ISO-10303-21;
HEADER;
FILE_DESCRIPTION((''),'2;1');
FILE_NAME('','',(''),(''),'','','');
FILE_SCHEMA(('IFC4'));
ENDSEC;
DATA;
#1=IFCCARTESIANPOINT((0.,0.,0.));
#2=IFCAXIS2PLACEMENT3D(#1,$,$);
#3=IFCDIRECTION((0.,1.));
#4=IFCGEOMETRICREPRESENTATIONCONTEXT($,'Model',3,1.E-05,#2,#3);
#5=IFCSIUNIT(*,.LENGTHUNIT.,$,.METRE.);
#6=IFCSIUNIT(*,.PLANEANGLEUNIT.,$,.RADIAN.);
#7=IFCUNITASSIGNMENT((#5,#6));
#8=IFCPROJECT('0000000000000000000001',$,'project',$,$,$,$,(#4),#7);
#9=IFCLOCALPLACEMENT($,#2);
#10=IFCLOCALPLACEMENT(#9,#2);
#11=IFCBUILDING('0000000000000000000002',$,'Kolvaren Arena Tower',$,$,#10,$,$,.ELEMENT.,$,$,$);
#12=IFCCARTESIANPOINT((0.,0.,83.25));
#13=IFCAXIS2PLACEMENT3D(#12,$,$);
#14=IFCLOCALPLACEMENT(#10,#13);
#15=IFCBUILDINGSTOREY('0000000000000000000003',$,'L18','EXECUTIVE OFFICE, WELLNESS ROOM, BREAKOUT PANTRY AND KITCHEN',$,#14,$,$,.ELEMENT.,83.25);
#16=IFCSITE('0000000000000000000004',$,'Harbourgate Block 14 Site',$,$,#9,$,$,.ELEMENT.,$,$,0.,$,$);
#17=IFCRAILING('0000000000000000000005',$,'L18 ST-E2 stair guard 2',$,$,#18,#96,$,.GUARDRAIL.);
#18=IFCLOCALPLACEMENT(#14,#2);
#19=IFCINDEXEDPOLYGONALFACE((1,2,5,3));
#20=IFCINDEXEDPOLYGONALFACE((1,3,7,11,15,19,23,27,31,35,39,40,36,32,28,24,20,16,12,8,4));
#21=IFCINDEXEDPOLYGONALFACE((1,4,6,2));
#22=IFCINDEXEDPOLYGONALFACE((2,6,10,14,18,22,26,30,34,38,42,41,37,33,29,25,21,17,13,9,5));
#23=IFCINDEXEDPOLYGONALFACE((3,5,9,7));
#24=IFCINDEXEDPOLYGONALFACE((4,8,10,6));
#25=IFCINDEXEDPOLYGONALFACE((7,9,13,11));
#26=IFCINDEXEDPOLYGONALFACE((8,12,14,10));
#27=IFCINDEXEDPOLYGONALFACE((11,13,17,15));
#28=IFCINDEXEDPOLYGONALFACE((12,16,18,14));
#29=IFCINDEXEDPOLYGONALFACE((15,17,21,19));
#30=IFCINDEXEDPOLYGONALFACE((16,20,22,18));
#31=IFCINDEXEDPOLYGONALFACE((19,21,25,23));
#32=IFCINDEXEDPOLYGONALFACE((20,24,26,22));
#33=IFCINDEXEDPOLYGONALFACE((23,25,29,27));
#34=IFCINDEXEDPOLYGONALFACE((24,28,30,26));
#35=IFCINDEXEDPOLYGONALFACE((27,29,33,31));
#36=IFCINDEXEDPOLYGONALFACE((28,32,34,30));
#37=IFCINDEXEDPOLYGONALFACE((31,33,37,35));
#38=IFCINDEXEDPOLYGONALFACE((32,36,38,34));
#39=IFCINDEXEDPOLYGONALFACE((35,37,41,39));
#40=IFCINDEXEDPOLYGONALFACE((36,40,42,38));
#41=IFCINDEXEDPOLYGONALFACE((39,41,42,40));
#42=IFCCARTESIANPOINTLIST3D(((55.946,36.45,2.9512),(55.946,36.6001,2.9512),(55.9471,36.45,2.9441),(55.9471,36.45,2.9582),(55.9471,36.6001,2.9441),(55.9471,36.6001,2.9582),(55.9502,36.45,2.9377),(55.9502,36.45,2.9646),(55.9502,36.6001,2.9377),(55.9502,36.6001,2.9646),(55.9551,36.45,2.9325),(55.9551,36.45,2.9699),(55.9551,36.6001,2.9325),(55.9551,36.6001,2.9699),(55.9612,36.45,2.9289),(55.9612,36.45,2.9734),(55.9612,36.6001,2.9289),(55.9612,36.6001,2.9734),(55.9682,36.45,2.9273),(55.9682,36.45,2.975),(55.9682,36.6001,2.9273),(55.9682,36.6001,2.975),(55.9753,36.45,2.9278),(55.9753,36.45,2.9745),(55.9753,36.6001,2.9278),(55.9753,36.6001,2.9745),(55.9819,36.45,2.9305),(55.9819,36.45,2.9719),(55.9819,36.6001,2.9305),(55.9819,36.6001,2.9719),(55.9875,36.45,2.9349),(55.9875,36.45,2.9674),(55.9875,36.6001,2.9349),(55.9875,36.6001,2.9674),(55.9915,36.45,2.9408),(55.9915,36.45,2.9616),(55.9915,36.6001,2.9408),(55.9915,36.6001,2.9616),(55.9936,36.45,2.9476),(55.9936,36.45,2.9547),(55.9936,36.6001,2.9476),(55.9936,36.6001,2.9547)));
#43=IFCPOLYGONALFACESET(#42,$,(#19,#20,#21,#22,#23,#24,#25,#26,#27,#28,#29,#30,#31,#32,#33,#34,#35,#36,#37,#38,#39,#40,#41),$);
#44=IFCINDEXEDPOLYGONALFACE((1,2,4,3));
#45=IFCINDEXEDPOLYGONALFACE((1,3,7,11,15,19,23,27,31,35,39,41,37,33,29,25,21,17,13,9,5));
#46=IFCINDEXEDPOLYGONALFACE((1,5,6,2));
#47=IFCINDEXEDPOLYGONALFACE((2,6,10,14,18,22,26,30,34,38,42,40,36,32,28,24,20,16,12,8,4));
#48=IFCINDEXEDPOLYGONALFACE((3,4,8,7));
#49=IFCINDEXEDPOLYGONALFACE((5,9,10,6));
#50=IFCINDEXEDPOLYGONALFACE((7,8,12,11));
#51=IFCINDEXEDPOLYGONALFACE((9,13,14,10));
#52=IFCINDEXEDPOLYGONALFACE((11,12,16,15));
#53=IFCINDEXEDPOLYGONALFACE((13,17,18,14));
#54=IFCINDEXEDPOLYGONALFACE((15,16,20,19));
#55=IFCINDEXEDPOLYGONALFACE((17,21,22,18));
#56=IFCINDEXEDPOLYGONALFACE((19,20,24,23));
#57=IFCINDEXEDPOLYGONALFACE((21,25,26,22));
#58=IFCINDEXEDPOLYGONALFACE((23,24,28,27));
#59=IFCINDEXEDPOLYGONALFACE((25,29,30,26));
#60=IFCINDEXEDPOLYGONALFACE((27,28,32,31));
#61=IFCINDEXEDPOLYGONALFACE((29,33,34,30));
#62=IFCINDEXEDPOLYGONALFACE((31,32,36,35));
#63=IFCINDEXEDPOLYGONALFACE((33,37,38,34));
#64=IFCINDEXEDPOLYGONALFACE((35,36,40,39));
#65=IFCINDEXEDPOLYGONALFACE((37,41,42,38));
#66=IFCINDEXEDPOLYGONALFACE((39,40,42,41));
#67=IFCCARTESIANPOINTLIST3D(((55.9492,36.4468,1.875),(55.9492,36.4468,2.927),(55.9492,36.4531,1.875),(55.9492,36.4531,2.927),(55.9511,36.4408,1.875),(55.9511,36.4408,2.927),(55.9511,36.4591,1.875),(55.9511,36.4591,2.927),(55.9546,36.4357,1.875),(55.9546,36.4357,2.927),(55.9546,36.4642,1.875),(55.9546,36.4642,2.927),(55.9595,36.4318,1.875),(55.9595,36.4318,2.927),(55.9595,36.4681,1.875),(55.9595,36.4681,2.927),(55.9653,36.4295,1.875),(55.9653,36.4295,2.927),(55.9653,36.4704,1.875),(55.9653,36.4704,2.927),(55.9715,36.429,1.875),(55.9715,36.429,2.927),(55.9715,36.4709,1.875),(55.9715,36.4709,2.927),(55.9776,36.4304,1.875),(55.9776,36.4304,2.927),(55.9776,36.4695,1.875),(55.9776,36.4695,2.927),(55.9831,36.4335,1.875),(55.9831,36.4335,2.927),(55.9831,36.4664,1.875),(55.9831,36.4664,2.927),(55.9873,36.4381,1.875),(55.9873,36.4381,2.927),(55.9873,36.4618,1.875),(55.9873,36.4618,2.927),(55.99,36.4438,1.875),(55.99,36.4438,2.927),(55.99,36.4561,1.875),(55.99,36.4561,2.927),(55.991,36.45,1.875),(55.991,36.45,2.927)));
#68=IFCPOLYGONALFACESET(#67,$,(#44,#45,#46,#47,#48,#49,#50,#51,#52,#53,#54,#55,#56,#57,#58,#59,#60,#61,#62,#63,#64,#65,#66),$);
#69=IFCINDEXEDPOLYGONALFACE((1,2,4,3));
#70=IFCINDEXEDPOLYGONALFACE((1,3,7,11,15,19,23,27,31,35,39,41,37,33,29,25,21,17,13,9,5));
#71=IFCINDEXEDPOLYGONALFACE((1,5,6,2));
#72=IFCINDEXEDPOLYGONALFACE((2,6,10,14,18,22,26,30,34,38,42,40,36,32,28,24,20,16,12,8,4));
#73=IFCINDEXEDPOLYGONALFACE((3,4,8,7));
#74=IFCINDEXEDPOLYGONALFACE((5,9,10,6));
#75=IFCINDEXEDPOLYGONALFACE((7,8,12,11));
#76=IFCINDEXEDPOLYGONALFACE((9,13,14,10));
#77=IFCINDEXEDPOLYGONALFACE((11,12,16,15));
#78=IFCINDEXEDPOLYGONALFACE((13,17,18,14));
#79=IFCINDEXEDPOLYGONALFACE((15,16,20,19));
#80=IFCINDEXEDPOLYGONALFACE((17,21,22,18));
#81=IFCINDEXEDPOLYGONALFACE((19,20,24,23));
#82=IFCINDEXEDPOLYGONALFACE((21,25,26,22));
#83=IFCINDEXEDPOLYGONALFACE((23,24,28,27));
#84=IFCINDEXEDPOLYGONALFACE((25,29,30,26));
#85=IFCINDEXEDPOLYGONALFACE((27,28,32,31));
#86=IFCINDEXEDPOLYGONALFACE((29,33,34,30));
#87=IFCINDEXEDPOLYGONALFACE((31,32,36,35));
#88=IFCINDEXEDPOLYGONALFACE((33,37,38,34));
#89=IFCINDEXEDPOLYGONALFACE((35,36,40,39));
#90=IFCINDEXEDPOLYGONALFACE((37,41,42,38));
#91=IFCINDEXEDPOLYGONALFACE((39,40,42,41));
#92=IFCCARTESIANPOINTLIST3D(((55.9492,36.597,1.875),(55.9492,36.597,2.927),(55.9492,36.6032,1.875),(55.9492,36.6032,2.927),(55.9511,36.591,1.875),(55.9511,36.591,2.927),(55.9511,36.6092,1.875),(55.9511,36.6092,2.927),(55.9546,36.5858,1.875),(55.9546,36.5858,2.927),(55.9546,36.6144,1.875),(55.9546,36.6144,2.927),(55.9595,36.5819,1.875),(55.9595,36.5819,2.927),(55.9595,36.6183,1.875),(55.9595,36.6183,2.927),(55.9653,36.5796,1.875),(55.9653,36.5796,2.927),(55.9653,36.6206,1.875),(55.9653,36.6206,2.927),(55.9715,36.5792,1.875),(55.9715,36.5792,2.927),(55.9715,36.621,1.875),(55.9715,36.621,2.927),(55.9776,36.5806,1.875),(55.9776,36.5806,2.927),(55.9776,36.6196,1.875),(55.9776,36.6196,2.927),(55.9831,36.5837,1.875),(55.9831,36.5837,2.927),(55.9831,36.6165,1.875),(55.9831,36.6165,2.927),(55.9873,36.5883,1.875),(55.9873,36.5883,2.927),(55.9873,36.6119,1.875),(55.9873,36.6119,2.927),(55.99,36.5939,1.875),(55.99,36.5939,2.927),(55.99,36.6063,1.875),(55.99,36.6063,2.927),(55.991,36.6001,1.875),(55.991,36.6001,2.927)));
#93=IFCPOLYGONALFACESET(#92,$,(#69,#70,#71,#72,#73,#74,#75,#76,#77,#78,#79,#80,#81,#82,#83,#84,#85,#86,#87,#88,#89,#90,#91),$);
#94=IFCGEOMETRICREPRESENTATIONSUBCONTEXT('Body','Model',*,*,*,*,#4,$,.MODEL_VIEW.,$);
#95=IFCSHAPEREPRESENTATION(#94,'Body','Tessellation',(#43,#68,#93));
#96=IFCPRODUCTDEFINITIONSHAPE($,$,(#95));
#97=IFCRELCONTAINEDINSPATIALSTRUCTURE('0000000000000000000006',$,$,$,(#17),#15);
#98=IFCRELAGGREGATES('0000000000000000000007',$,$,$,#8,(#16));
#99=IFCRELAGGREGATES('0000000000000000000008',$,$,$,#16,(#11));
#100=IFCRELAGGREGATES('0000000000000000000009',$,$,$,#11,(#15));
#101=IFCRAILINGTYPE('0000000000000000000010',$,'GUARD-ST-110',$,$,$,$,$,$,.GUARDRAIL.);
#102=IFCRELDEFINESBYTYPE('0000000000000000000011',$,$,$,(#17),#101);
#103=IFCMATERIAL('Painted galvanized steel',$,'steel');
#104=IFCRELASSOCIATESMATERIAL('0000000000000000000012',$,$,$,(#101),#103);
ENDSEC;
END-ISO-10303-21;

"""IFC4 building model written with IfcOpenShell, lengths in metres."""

from ifc_helpers import new_model, si_unit, direction, frame, origin, origin_2d, place, context, subcontext, project, spatial, circle, extrude, material, type_object, element, save


model = new_model("IFC4")

# Units and contexts
model_context = context("Model", 3, precision=1e-05, world=origin(), true_north=direction((0.0, 1.0)))
body_context = subcontext(model_context, "Body", "Model", "MODEL_VIEW")
ifc_project = project(units=[si_unit("LENGTHUNIT", "METRE"), si_unit("PLANEANGLEUNIT", "RADIAN")], contexts=[model_context])

# Site, building, storey
site_placement = place(None, origin())
site = spatial("IfcSite", under=ifc_project, at=site_placement, Name="Harbourgate Block 14 Site", CompositionType="ELEMENT", RefElevation=0.0)
building_placement = place(site_placement, origin())
building = spatial("IfcBuilding", under=site, at=building_placement, Name="Kolvaren Arena Tower", CompositionType="ELEMENT")
storey_placement = place(building_placement, frame((0.0, 0.0, 83.25)))
storey = spatial("IfcBuildingStorey", under=building, at=storey_placement, Name="L18", Description="EXECUTIVE OFFICE, WELLNESS ROOM, BREAKOUT PANTRY AND KITCHEN", CompositionType="ELEMENT", Elevation=83.25)

# Railing
ifc_material_1 = material(Name="Painted galvanized steel", Category="steel")
railing_type_1 = type_object("IfcRailingType", Name="GUARD-ST-110", PredefinedType="GUARDRAIL", material=ifc_material_1)
railing_1_placement = place(storey_placement, frame((55.97, 36.45, 1.875)))
element("IfcRailing", 1, at=railing_1_placement, inside=storey, type_object=railing_type_1, Name="L18 ST-E2 stair guard 2", PredefinedType="GUARDRAIL", context=body_context, shape_type="SweptSolid", body=[
    extrude(circle(Radius=0.0239, at=origin_2d()), frame((0.0, 0.0, 1.0762), z_axis=(0.0, 1.0, 0.0), x_axis=(-1.0, 0.0, 0.0)), (0.0, 0.0, 1.0), 0.1501),
    extrude(circle(Radius=0.021, at=origin_2d()), origin(), (0.0, 0.0, 1.0), 1.052),
    extrude(circle(Radius=0.021, at=origin_2d()), frame((0.0, 0.1501, 0.0)), (0.0, 0.0, 1.0), 1.052),
])

save(model, "model.ifc")
